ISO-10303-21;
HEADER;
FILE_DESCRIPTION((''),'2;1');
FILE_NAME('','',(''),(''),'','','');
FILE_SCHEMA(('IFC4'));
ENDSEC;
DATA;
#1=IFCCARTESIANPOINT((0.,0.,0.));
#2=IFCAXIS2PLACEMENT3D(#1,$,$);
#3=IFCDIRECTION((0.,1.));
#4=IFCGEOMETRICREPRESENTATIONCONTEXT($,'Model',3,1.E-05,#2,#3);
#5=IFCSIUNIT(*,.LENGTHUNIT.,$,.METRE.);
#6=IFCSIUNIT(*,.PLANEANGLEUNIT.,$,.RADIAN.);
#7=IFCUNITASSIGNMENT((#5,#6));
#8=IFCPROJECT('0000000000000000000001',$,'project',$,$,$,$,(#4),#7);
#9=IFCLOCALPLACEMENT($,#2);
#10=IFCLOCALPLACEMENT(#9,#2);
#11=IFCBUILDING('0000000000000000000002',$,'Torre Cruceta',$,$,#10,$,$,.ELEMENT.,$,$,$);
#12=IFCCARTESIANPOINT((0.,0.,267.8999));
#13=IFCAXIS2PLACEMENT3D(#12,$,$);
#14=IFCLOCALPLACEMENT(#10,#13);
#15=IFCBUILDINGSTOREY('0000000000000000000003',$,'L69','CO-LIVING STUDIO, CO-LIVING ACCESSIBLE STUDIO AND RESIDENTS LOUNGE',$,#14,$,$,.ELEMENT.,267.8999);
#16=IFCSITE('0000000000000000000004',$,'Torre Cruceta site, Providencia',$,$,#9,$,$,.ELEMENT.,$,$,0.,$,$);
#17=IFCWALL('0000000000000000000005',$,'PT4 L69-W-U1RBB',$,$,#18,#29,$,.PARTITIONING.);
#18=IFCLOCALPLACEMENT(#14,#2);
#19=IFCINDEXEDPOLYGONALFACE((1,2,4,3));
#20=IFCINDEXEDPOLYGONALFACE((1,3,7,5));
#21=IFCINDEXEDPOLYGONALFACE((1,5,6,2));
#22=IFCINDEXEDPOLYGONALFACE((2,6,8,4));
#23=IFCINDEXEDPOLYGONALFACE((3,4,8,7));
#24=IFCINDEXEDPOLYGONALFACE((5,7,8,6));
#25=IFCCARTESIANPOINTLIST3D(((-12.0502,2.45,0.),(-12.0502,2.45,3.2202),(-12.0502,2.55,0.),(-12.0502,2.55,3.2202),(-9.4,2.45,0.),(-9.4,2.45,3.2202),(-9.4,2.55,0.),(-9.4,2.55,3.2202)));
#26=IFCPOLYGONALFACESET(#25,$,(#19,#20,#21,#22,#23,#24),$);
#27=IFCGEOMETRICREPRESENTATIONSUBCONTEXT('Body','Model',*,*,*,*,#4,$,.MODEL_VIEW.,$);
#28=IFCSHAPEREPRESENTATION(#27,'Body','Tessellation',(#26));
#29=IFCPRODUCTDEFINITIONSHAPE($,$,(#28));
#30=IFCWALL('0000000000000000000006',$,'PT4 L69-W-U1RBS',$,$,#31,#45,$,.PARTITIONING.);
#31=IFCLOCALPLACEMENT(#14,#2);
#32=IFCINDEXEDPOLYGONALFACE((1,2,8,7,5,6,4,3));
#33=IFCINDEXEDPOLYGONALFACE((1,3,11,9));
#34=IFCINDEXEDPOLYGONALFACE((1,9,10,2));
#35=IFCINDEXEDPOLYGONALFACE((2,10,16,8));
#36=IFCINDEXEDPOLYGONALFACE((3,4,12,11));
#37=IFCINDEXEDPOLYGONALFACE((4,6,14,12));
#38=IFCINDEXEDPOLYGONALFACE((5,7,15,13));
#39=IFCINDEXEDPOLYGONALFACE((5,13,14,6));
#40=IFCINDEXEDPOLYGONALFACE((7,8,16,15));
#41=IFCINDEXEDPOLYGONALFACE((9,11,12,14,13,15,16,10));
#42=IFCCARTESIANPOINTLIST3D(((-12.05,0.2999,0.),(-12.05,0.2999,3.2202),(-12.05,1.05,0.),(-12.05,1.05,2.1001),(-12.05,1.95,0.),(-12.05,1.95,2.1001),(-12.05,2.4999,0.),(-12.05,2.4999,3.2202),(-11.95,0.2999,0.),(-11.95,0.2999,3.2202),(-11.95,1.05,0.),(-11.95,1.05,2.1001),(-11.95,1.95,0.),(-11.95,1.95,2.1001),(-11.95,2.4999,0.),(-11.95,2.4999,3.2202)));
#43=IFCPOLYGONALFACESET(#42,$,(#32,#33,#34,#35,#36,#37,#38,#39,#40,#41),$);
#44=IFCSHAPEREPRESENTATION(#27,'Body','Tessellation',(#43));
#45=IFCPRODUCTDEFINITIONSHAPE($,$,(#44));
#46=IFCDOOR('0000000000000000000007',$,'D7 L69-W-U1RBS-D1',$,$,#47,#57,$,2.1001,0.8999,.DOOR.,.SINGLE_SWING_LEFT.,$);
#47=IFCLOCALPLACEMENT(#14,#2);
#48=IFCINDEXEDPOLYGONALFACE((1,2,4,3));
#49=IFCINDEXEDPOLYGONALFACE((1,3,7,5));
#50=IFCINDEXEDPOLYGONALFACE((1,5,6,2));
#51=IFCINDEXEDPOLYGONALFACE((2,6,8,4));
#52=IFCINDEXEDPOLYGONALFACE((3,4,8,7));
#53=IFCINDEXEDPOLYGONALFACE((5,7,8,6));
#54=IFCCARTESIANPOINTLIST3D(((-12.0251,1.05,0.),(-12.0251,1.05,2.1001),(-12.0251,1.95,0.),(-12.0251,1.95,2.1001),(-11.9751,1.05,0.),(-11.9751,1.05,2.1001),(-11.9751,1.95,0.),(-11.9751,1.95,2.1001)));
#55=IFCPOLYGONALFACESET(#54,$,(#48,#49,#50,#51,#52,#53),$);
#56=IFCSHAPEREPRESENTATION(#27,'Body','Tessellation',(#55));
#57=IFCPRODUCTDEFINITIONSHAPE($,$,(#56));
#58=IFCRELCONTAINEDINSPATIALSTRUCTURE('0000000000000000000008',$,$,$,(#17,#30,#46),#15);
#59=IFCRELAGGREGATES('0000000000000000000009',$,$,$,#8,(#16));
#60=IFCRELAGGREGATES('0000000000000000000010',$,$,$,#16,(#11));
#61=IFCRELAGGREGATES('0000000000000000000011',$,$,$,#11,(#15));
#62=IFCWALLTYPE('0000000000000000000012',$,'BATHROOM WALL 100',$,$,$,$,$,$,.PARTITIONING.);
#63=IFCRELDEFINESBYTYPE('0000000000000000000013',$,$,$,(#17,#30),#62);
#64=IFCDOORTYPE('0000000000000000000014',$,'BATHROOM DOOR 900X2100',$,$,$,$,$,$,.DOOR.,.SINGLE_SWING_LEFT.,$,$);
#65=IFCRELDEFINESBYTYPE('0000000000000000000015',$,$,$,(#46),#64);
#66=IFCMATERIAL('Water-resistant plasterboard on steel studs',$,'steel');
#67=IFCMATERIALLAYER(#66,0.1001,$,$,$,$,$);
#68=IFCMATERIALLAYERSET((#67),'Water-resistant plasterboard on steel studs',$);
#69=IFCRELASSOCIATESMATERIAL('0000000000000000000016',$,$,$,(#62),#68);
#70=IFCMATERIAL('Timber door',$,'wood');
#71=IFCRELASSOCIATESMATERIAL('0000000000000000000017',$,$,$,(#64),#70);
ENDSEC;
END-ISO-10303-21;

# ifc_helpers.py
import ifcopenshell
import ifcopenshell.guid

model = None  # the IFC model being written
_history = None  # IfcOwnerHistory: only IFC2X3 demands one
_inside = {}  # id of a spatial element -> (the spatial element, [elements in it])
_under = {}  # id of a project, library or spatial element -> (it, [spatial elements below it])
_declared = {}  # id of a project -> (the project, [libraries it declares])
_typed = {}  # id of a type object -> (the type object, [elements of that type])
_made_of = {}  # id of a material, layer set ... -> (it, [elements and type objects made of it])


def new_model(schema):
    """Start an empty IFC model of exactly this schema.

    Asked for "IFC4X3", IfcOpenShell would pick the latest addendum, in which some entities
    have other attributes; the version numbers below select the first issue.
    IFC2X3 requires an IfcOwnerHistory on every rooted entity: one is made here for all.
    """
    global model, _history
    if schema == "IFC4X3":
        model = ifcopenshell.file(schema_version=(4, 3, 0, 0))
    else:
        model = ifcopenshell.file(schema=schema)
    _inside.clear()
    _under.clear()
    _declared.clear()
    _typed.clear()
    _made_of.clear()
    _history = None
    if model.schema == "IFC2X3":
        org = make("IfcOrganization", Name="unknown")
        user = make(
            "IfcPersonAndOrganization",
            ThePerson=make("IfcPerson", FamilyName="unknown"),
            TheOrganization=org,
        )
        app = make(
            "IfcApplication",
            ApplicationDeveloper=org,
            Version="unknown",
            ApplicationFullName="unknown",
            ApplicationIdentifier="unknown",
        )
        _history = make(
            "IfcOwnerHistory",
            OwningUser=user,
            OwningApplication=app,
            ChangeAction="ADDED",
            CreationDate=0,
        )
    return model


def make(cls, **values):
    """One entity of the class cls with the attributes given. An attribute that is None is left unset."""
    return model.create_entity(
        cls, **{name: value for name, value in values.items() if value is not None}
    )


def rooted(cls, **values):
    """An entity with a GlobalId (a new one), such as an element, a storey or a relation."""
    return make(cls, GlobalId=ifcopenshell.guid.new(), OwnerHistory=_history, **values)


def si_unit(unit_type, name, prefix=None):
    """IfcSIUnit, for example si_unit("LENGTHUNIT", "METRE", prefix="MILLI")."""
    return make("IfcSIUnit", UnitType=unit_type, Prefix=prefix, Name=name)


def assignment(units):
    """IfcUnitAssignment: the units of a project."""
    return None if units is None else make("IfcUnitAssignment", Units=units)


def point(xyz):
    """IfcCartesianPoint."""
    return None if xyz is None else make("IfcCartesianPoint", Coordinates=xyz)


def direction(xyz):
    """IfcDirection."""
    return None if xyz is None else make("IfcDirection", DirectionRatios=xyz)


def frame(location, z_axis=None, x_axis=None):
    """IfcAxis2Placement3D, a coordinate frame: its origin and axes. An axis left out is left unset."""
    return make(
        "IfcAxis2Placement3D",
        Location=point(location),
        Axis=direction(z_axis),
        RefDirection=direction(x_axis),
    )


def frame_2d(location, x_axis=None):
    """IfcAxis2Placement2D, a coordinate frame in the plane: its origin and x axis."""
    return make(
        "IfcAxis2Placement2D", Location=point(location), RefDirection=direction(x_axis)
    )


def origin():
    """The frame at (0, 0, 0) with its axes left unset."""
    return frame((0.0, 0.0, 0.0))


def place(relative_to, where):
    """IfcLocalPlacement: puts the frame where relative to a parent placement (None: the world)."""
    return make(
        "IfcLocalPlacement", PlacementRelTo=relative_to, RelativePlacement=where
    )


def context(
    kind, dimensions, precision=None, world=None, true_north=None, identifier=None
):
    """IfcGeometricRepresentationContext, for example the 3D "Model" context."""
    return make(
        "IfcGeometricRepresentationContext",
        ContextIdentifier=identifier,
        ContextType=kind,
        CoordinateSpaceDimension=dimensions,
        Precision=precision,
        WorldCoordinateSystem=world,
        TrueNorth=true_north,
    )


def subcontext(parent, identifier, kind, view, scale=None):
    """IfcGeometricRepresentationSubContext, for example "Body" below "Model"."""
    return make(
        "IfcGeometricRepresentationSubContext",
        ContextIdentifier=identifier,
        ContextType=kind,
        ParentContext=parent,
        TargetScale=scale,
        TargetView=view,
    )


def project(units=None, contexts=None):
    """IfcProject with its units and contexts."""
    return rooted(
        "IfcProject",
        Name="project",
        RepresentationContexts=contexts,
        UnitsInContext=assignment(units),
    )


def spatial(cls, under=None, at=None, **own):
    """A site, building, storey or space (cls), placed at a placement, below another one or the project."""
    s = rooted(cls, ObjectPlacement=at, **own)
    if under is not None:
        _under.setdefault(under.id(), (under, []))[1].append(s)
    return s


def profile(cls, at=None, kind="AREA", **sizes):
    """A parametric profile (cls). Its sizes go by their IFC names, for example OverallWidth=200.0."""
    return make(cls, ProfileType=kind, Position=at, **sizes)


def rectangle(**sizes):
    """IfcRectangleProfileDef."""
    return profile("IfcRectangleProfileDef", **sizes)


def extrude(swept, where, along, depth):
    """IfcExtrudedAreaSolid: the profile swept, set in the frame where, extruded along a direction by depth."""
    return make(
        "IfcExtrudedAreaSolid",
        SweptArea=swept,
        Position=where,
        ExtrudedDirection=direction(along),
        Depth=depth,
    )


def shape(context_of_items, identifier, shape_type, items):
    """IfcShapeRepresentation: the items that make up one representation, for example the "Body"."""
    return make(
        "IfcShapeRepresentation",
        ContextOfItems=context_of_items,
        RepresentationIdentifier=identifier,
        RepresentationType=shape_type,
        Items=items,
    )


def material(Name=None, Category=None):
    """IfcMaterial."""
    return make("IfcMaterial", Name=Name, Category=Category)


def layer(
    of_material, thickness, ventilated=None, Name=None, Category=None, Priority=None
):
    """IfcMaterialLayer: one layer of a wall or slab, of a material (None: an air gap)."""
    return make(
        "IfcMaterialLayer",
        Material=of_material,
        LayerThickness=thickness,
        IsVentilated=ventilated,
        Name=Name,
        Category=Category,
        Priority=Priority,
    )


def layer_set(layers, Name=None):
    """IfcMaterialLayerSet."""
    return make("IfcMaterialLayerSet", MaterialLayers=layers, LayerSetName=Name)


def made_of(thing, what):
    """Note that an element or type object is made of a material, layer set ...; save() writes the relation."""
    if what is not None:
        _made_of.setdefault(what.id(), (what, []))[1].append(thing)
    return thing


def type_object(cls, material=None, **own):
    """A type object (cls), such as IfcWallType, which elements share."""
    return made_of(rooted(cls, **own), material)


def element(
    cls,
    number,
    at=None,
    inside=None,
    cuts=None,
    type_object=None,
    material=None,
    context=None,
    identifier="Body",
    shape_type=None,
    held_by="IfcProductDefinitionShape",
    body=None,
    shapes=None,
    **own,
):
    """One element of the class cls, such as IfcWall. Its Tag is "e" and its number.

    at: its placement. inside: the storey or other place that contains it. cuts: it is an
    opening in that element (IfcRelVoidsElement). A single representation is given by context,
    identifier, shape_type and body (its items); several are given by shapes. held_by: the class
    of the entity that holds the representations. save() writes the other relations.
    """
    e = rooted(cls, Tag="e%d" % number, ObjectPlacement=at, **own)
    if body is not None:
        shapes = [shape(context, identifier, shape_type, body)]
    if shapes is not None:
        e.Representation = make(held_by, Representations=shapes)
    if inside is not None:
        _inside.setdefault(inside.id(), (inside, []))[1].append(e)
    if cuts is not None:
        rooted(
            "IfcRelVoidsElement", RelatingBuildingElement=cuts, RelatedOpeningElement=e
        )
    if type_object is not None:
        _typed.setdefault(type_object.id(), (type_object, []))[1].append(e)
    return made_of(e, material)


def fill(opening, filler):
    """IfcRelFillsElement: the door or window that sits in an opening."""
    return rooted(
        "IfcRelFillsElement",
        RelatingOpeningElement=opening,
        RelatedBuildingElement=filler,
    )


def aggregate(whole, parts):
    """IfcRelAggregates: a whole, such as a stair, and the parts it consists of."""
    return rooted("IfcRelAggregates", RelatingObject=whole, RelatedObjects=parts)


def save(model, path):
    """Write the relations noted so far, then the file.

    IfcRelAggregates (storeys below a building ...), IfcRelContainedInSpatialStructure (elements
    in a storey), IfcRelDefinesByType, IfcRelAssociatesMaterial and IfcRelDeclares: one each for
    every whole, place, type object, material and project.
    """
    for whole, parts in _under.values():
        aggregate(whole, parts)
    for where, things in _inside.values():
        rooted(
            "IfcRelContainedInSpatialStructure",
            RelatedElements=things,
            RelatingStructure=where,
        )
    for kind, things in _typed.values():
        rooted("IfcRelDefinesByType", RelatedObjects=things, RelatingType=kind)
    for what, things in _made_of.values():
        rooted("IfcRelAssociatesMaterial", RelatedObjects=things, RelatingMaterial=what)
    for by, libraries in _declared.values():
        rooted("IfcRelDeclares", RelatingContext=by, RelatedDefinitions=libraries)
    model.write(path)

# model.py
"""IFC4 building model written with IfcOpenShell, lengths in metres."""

from ifc_helpers import new_model, si_unit, direction, frame, frame_2d, origin, place, context, subcontext, project, spatial, rectangle, extrude, material, layer, layer_set, type_object, element, fill, save


model = new_model("IFC4")

# Units and contexts
model_context = context("Model", 3, precision=1e-05, world=origin(), true_north=direction((0.0, 1.0)))
body_context = subcontext(model_context, "Body", "Model", "MODEL_VIEW")
ifc_project = project(units=[si_unit("LENGTHUNIT", "METRE"), si_unit("PLANEANGLEUNIT", "RADIAN")], contexts=[model_context])

# Site, building, storey
site_placement = place(None, origin())
site = spatial("IfcSite", under=ifc_project, at=site_placement, Name="Torre Cruceta site, Providencia", CompositionType="ELEMENT", RefElevation=0.0)
building_placement = place(site_placement, origin())
building = spatial("IfcBuilding", under=site, at=building_placement, Name="Torre Cruceta", CompositionType="ELEMENT")
storey_placement = place(building_placement, frame((0.0, 0.0, 267.8999)))
storey = spatial("IfcBuildingStorey", under=building, at=storey_placement, Name="L69", Description="CO-LIVING STUDIO, CO-LIVING ACCESSIBLE STUDIO AND RESIDENTS LOUNGE", CompositionType="ELEMENT", Elevation=267.8999)

# Wall
ifc_material_1 = material(Name="Water-resistant plasterboard on steel studs", Category="steel")
ifc_layer_1 = layer(ifc_material_1, 0.1001)
ifc_layer_set_1 = layer_set([ifc_layer_1], Name="Water-resistant plasterboard on steel studs")
wall_type_1 = type_object("IfcWallType", Name="BATHROOM WALL 100", PredefinedType="PARTITIONING", material=ifc_layer_set_1)
wall_1_placement = place(storey_placement, frame((-9.3999, 2.5, 0.0), z_axis=(0.0, 0.0, 1.0), x_axis=(-1.0, 0.0, 0.0)))
element("IfcWall", 1, at=wall_1_placement, inside=storey, type_object=wall_type_1, Name="PT4 L69-W-U1RBB", PredefinedType="PARTITIONING", context=body_context, shape_type="SweptSolid", body=[
    extrude(rectangle(XDim=2.6501, YDim=0.1001, at=frame_2d((1.3252, 0.0))), origin(), (0.0, 0.0, 1.0), 3.2202),
])

# Wall, opening, door
wall_2_placement = place(storey_placement, frame((-12.0, 2.5, 0.0), z_axis=(0.0, 0.0, 1.0), x_axis=(0.0, -1.0, 0.0)))
wall_2 = element("IfcWall", 2, at=wall_2_placement, inside=storey, type_object=wall_type_1, Name="PT4 L69-W-U1RBS", PredefinedType="PARTITIONING", context=body_context, shape_type="SweptSolid", body=[
    extrude(rectangle(XDim=2.2, YDim=0.1001, at=frame_2d((1.1001, 0.0))), origin(), (0.0, 0.0, 1.0), 3.2202),
])
opening_1_placement = place(wall_2_placement, frame((0.55, 0.0, 0.0)))
opening_1 = element("IfcOpeningElement", 3, at=opening_1_placement, cuts=wall_2, PredefinedType="OPENING", context=body_context, shape_type="SweptSolid", body=[
    extrude(rectangle(XDim=0.8999, YDim=2.1001, at=frame_2d((0.45, 1.05))), frame((0.0, 0.0601, 0.0), z_axis=(0.0, -1.0, 0.0), x_axis=(1.0, 0.0, 0.0)), (0.0, 0.0, 1.0), 0.1201),
])
ifc_material_2 = material(Name="Timber door", Category="wood")
door_type_1 = type_object("IfcDoorType", Name="BATHROOM DOOR 900X2100", OperationType="SINGLE_SWING_LEFT", PredefinedType="DOOR", material=ifc_material_2)
door_1_placement = place(opening_1_placement, origin())
door_1 = element("IfcDoor", 4, at=door_1_placement, inside=storey, type_object=door_type_1, Name="D7 L69-W-U1RBS-D1", OperationType="SINGLE_SWING_LEFT", OverallHeight=2.1001, OverallWidth=0.8999, PredefinedType="DOOR", context=body_context, shape_type="SweptSolid", body=[
    extrude(rectangle(XDim=0.8999, YDim=2.1001, at=frame_2d((0.45, 1.05))), frame((0.0, 0.0249, 0.0), z_axis=(0.0, -1.0, 0.0), x_axis=(1.0, 0.0, 0.0)), (0.0, 0.0, 1.0), 0.05),
])
fill(opening_1, door_1)

save(model, "model.ifc")
